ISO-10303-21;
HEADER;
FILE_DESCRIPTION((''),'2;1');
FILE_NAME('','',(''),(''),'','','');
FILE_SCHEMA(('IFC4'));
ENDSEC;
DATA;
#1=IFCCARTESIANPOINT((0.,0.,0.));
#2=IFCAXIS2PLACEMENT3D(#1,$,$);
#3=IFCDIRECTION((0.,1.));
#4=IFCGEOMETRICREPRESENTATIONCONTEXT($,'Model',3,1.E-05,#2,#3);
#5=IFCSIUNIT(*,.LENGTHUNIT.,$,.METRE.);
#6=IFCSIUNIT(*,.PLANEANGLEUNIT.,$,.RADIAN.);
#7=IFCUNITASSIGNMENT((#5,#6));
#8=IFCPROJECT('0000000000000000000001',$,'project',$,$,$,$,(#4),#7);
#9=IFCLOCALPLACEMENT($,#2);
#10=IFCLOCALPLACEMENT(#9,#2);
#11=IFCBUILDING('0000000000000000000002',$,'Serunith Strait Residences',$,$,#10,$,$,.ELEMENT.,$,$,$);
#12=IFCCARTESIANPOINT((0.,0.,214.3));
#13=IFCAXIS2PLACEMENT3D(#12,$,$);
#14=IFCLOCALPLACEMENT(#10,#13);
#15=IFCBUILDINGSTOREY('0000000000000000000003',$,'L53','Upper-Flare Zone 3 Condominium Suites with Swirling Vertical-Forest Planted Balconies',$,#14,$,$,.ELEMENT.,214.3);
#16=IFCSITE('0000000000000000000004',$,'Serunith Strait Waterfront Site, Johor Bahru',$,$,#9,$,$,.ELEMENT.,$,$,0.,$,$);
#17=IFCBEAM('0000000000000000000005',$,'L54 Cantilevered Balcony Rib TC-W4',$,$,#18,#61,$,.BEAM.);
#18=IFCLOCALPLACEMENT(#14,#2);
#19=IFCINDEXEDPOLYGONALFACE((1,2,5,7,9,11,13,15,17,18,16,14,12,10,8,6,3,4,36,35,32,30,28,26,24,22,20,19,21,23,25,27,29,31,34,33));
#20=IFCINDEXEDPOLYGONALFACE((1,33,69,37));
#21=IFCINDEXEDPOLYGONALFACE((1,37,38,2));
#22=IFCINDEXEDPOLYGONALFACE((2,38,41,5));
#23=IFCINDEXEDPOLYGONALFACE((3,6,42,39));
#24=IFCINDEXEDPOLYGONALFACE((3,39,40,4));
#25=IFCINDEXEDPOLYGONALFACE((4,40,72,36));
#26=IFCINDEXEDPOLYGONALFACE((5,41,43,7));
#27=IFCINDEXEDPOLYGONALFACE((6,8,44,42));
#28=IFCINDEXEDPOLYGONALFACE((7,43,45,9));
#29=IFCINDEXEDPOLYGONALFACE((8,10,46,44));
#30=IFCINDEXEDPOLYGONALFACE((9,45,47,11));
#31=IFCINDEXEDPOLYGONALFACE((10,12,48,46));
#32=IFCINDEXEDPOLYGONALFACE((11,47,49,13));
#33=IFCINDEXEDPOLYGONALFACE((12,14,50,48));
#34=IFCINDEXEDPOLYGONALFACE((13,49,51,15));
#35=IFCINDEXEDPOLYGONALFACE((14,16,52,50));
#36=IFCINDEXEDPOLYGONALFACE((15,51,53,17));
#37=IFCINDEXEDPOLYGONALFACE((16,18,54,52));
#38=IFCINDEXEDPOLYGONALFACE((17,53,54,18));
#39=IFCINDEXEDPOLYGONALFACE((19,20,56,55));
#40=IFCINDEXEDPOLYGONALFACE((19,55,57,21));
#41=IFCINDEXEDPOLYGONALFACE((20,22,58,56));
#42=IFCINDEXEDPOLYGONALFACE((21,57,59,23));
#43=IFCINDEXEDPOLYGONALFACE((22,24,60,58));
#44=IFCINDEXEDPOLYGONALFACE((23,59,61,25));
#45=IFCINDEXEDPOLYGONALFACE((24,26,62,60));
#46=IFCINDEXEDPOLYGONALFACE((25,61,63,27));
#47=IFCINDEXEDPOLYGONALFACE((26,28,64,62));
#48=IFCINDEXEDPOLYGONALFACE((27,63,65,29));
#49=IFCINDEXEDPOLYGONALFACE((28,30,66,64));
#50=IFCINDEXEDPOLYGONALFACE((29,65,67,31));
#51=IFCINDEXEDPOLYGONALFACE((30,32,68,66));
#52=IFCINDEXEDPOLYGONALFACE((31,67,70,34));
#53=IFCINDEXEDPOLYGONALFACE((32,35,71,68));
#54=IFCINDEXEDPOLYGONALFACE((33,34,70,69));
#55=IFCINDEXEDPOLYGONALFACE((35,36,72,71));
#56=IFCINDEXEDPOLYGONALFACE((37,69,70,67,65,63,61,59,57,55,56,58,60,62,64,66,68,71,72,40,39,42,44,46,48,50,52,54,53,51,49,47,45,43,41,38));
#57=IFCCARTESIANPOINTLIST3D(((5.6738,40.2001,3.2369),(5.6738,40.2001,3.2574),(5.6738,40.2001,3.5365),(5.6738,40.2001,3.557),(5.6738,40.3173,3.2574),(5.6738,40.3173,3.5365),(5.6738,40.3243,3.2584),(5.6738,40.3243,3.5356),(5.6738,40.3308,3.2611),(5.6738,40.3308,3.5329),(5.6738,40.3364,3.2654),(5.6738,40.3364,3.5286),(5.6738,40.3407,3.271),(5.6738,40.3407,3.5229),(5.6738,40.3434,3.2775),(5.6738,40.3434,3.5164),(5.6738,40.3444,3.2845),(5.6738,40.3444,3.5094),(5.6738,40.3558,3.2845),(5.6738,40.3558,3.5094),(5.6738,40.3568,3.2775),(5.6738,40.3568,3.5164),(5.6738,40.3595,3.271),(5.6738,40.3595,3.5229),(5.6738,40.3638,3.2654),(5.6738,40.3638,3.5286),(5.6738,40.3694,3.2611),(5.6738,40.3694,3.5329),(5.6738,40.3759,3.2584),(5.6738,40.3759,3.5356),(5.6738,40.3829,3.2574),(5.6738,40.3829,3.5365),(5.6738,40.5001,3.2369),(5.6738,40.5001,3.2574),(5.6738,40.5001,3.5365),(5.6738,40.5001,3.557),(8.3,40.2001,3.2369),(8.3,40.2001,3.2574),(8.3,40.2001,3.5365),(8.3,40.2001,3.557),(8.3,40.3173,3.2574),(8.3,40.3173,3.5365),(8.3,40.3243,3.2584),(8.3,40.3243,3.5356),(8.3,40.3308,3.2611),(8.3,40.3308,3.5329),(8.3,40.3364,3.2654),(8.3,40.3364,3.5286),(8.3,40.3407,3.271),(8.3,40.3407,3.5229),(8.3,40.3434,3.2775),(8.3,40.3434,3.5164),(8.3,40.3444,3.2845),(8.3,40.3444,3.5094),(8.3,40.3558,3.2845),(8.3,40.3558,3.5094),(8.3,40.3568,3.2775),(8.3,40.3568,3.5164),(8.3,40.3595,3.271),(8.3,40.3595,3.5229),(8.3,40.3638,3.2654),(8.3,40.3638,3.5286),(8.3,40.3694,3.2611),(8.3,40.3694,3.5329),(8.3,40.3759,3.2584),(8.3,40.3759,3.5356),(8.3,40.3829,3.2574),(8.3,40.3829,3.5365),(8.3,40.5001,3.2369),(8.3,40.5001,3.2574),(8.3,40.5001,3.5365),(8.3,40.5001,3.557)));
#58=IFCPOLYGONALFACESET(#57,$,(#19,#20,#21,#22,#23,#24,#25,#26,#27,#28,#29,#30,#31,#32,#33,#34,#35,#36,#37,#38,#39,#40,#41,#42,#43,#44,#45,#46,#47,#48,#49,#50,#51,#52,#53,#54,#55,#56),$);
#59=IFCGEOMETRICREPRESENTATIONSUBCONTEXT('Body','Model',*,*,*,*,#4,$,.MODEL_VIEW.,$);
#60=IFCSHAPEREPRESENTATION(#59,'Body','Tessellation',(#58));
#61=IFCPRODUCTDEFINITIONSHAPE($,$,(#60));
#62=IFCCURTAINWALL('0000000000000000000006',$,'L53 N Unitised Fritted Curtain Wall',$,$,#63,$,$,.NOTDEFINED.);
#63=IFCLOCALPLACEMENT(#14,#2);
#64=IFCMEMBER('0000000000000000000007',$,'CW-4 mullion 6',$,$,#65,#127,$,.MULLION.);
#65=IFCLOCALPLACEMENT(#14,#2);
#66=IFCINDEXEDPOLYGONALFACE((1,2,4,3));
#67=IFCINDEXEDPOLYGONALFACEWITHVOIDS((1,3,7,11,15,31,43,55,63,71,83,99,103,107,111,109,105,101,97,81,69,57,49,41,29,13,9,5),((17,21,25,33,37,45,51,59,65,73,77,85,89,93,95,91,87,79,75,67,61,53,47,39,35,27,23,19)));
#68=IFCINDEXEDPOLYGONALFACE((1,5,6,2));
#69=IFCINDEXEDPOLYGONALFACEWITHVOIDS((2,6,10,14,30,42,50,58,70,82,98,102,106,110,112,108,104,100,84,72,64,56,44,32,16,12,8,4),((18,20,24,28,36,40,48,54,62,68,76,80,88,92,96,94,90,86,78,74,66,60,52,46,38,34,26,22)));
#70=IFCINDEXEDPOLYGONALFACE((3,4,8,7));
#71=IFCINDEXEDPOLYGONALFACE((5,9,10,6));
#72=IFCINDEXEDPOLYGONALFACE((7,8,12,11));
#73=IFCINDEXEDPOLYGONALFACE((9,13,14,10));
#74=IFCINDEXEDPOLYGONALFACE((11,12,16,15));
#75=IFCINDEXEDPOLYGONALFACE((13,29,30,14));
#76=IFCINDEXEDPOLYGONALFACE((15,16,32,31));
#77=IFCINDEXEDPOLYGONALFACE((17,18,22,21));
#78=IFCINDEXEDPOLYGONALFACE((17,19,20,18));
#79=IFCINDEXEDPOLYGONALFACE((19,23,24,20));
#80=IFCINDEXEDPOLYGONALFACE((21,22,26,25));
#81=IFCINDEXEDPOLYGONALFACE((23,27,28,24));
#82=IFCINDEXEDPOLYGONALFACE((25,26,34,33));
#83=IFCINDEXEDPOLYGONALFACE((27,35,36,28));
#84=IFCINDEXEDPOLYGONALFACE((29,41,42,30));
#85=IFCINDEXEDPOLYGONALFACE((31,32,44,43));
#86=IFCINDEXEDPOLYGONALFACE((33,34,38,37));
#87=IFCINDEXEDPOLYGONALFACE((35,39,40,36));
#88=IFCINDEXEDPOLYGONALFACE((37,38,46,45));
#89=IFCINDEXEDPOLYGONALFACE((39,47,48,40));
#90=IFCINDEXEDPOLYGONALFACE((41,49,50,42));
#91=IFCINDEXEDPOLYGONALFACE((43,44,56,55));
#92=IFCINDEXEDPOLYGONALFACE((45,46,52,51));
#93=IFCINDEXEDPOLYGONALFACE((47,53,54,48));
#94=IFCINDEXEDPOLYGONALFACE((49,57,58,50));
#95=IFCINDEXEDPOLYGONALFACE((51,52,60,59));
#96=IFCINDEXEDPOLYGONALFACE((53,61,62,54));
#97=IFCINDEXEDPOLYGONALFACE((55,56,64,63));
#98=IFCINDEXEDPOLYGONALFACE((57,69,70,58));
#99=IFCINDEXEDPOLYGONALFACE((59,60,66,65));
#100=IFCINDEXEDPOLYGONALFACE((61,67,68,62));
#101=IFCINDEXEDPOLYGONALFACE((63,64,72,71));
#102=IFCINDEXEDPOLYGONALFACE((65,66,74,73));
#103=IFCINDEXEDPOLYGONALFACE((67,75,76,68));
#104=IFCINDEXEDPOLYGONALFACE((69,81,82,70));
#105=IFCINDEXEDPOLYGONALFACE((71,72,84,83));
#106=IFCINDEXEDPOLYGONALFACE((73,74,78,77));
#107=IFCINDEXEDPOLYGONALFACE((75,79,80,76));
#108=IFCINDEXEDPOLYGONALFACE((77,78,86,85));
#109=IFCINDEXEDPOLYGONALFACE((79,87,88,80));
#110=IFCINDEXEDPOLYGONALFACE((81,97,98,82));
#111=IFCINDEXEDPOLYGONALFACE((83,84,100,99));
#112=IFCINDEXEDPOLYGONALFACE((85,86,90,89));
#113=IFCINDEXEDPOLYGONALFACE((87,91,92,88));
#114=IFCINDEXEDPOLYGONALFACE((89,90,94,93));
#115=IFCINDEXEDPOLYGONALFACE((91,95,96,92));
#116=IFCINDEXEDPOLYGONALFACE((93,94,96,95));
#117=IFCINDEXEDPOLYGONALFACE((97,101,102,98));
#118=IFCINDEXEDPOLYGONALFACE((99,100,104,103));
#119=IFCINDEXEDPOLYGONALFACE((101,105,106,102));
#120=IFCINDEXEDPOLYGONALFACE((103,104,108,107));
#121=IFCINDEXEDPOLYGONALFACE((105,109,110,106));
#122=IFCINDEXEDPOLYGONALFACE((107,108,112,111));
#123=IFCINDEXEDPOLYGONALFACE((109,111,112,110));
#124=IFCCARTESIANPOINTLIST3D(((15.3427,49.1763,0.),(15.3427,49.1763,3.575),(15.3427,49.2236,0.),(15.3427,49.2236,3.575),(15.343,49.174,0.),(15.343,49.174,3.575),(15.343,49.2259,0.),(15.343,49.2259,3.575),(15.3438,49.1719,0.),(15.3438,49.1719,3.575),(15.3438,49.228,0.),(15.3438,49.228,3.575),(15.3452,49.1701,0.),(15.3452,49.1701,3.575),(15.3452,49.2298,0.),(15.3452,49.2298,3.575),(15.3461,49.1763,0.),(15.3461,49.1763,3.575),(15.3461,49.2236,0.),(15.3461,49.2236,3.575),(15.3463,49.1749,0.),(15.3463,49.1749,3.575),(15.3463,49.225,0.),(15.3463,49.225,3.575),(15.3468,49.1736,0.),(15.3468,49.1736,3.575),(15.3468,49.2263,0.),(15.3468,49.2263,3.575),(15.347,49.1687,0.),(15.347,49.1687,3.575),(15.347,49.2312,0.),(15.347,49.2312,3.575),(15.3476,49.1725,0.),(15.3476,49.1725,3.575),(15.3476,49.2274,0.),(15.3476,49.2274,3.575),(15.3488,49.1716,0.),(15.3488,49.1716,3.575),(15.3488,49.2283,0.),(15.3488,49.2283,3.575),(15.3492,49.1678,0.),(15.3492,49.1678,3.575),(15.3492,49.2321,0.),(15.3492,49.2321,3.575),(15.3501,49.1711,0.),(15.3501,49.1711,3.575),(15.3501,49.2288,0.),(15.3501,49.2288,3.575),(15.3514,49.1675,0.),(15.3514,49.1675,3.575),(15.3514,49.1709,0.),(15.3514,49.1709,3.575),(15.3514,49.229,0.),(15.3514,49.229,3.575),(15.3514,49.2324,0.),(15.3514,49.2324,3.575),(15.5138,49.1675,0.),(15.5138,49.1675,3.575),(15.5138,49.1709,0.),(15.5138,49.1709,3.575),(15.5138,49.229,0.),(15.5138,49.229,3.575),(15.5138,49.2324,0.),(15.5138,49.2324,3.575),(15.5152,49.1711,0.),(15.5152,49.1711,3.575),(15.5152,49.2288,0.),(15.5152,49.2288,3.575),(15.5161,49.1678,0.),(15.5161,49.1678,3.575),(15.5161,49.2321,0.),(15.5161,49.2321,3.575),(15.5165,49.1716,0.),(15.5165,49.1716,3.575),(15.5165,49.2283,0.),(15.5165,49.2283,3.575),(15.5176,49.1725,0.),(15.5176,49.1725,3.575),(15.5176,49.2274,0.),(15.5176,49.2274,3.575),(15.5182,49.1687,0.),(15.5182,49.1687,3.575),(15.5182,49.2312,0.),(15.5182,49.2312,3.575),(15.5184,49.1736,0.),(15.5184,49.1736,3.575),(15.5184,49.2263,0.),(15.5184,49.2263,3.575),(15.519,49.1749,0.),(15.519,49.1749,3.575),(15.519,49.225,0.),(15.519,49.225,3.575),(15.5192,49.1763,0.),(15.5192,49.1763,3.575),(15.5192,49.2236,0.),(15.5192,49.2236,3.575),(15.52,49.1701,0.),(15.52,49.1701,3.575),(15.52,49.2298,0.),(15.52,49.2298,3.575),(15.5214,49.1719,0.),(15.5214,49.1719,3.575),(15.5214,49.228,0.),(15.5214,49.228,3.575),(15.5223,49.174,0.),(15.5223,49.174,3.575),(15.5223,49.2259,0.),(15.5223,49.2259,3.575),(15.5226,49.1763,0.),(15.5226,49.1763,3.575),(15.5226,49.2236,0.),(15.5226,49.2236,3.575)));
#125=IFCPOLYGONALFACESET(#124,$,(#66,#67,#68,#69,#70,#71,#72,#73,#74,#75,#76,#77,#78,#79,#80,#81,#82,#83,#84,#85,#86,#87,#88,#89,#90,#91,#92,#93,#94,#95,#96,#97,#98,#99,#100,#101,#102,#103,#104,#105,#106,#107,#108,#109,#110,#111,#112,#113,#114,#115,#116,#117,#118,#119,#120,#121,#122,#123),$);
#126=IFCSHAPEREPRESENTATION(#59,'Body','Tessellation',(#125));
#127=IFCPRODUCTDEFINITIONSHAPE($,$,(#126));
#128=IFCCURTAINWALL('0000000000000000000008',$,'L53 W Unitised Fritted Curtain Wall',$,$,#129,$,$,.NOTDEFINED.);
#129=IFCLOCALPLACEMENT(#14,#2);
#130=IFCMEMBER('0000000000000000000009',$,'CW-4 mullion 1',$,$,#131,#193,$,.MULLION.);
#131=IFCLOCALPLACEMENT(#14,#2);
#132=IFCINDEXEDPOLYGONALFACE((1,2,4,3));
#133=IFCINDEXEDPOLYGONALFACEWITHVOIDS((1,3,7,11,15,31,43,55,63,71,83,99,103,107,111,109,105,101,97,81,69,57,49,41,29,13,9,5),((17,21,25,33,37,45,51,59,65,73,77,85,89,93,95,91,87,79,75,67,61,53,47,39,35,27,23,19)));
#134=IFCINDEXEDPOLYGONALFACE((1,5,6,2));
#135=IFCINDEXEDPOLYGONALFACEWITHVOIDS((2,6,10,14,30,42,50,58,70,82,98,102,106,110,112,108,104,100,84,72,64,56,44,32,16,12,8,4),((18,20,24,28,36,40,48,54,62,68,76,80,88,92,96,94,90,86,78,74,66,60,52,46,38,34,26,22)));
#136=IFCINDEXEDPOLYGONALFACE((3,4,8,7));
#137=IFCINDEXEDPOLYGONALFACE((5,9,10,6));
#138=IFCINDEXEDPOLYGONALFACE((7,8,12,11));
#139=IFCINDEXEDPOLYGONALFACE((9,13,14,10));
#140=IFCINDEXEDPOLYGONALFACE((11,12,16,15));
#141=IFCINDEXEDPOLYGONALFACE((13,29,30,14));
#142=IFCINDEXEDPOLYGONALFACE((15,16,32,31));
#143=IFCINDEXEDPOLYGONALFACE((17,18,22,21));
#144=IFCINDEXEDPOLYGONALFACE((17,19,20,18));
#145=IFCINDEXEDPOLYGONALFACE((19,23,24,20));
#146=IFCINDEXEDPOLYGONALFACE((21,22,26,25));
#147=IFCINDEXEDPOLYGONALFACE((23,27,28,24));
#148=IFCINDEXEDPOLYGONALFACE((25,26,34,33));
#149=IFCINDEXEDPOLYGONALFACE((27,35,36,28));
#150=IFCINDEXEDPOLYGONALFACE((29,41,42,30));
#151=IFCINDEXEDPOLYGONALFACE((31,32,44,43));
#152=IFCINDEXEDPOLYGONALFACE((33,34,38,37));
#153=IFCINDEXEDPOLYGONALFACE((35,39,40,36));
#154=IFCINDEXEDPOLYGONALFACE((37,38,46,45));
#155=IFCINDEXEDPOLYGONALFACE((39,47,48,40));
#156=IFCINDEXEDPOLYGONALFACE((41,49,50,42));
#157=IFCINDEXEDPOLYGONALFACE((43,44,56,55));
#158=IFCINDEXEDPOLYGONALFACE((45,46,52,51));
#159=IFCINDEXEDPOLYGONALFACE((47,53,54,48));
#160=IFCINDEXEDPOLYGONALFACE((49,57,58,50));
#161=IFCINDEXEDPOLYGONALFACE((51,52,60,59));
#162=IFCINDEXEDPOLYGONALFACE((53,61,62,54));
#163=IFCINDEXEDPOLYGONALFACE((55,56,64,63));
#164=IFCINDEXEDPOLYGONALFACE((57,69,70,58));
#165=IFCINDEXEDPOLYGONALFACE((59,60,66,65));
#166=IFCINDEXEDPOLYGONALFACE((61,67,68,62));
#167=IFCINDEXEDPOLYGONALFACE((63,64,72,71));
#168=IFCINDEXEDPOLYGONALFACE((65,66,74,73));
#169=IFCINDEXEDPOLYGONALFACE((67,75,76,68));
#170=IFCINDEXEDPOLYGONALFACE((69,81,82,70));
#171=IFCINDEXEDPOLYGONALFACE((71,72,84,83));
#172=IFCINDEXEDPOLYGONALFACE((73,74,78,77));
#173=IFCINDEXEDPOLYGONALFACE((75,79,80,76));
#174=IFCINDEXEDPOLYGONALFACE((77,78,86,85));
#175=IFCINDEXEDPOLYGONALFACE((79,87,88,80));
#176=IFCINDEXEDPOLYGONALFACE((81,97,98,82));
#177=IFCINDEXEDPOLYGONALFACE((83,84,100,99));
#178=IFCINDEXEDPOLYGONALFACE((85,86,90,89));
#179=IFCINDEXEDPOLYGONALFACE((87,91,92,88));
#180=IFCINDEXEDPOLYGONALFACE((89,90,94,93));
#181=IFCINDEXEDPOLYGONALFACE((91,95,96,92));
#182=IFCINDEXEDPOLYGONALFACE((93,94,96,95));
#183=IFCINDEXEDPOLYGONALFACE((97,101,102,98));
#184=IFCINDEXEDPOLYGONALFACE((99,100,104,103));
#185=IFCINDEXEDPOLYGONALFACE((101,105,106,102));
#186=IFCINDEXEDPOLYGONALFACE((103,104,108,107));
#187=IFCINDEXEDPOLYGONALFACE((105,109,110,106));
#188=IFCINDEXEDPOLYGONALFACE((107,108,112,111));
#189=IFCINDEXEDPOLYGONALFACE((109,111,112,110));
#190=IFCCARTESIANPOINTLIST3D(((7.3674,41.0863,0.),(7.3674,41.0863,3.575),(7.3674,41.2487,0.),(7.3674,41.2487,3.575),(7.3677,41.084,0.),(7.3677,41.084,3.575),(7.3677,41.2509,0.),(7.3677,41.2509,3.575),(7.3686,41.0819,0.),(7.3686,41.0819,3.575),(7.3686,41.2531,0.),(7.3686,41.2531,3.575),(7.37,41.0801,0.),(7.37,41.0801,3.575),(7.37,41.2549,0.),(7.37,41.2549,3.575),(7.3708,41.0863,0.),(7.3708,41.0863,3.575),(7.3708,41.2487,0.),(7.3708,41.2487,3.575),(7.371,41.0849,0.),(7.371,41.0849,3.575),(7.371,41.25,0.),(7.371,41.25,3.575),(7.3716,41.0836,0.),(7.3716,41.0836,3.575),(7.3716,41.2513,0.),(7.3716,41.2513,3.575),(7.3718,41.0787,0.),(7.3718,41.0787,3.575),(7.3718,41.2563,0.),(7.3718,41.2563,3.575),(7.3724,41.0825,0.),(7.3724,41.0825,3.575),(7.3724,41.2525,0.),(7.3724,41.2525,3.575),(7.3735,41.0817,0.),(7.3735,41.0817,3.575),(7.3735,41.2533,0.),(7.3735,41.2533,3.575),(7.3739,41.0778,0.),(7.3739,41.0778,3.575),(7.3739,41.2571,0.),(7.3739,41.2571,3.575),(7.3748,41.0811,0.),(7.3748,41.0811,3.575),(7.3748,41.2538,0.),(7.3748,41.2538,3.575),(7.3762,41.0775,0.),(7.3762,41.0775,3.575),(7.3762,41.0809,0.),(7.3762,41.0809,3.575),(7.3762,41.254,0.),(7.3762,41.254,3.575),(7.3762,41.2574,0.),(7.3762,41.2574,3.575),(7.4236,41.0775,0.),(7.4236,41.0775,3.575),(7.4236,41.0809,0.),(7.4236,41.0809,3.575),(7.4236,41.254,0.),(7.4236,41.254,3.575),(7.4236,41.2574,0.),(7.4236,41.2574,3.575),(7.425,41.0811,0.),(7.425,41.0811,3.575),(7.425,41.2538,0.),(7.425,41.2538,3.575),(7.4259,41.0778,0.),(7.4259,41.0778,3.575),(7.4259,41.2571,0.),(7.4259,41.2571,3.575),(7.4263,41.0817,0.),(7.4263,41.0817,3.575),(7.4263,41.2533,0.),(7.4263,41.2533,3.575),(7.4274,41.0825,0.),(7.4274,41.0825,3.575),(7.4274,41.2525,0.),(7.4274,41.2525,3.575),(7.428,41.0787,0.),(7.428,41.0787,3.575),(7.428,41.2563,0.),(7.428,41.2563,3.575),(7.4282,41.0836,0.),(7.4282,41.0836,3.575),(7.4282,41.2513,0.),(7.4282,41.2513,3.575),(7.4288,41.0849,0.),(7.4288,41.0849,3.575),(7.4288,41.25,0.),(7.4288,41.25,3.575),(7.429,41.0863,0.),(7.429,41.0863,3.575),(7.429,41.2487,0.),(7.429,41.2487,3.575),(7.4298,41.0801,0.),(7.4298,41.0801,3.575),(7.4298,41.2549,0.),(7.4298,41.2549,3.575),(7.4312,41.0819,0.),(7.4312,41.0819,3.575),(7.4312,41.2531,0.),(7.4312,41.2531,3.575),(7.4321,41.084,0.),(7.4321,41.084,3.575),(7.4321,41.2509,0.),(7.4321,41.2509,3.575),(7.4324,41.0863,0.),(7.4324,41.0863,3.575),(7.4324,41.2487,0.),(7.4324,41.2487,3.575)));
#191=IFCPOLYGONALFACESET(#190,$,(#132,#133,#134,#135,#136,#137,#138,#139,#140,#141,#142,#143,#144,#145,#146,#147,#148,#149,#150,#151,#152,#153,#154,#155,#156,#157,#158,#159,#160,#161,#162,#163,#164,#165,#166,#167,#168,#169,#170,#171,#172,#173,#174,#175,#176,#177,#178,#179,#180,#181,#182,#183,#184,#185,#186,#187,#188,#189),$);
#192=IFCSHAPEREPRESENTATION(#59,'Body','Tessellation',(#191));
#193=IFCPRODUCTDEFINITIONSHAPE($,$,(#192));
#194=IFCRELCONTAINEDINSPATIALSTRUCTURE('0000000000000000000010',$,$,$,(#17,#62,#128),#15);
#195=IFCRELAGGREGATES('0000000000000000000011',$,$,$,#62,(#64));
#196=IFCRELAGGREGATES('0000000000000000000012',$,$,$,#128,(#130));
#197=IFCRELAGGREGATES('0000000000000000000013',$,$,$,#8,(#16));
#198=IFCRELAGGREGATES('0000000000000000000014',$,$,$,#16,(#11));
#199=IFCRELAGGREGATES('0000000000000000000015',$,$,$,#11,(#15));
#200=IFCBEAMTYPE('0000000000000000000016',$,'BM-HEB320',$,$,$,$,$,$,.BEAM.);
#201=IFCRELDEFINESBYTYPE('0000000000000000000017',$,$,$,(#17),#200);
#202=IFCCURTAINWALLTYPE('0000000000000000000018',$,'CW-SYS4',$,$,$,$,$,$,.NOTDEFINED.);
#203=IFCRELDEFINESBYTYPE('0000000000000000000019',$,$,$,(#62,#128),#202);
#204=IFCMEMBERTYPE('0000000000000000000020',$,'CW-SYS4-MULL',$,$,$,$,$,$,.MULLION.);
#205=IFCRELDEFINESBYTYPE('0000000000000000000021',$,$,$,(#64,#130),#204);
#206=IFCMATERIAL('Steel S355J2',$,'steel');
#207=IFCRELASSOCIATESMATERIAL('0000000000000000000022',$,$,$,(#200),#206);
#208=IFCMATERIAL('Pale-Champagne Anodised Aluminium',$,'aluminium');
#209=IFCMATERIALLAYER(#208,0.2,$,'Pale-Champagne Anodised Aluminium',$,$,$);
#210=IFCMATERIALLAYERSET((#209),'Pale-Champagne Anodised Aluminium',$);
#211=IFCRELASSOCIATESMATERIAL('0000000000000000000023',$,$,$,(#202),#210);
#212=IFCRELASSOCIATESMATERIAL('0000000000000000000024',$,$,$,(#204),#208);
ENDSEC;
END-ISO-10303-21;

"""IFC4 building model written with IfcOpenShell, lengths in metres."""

from ifc_helpers import new_model, si_unit, direction, frame, origin, origin_2d, place, context, subcontext, project, spatial, hollow_rectangle, i_section, extrude, source, transform, mapped, material, layer, layer_set, material_profile, profile_set, type_object, element, aggregate, save


model = new_model("IFC4")

# Units and contexts
model_context = context("Model", 3, precision=1e-05, world=origin(), true_north=direction((0.0, 1.0)))
body_context = subcontext(model_context, "Body", "Model", "MODEL_VIEW")
ifc_project = project(units=[si_unit("LENGTHUNIT", "METRE"), si_unit("PLANEANGLEUNIT", "RADIAN")], contexts=[model_context])

# Site, building, storey
site_placement = place(None, origin())
site = spatial("IfcSite", under=ifc_project, at=site_placement, Name="Serunith Strait Waterfront Site, Johor Bahru", CompositionType="ELEMENT", RefElevation=0.0)
building_placement = place(site_placement, origin())
building = spatial("IfcBuilding", under=site, at=building_placement, Name="Serunith Strait Residences", CompositionType="ELEMENT")
storey_placement = place(building_placement, frame((0.0, 0.0, 214.3)))
storey = spatial("IfcBuildingStorey", under=building, at=storey_placement, Name="L53", Description="Upper-Flare Zone 3 Condominium Suites with Swirling Vertical-Forest Planted Balconies", CompositionType="ELEMENT", Elevation=214.3)

# Beam
ifc_material_1 = material(Name="Steel S355J2", Category="steel")
ifc_material_profile_1 = material_profile(ifc_material_1, i_section(OverallWidth=0.3, OverallDepth=0.3201, WebThickness=0.0115, FlangeThickness=0.0205, FilletRadius=0.0271, at=origin_2d()), Name="HEB 320")
ifc_profile_set_1 = profile_set([ifc_material_profile_1], Name="Steel S355J2")
beam_type_1 = type_object("IfcBeamType", Name="BM-HEB320", PredefinedType="BEAM", material=ifc_profile_set_1)
shared_shape_1 = source(origin(), body_context, "Body", "SweptSolid", [
    extrude(i_section(OverallWidth=0.3, OverallDepth=0.3201, WebThickness=0.0115, FlangeThickness=0.0205, FilletRadius=0.0271, at=origin_2d()), origin(), (0.0, 0.0, 1.0), 2.6262),
])
beam_1_placement = place(storey_placement, frame((8.3, 40.3501, 3.397), z_axis=(-1.0, 0.0, 0.0), x_axis=(0.0, -1.0, 0.0)))
element("IfcBeam", 1, at=beam_1_placement, inside=storey, type_object=beam_type_1, Name="L54 Cantilevered Balcony Rib TC-W4", PredefinedType="BEAM", context=body_context, shape_type="MappedRepresentation", body=[
    mapped(shared_shape_1, transform((0.0, 0.0, 0.0), scale=1.0)),
])

# Curtain wall, member
ifc_material_2 = material(Name="Pale-Champagne Anodised Aluminium", Category="aluminium")
ifc_layer_1 = layer(ifc_material_2, 0.2, Name="Pale-Champagne Anodised Aluminium")
ifc_layer_set_1 = layer_set([ifc_layer_1], Name="Pale-Champagne Anodised Aluminium")
curtain_wall_type = type_object("IfcCurtainWallType", Name="CW-SYS4", PredefinedType="NOTDEFINED", material=ifc_layer_set_1)
curtain_wall_1_placement = place(storey_placement, origin())
curtain_wall_1 = element("IfcCurtainWall", 2, at=curtain_wall_1_placement, inside=storey, type_object=curtain_wall_type, Name="L53 N Unitised Fritted Curtain Wall", PredefinedType="NOTDEFINED")
ifc_material_profile_2 = material_profile(ifc_material_2, hollow_rectangle(XDim=0.0649, YDim=0.1799, WallThickness=0.0034, InnerFilletRadius=0.0054, OuterFilletRadius=0.0088, at=origin_2d()), Name="ALU 180x65x3.5")
ifc_profile_set_2 = profile_set([ifc_material_profile_2], Name="Pale-Champagne Anodised Aluminium")
member_type_1 = type_object("IfcMemberType", Name="CW-SYS4-MULL", PredefinedType="MULLION", material=ifc_profile_set_2)
shared_shape_2 = source(origin(), body_context, "Body", "SweptSolid", [
    extrude(hollow_rectangle(XDim=0.0649, YDim=0.1799, WallThickness=0.0034, InnerFilletRadius=0.0054, OuterFilletRadius=0.0088, at=origin_2d()), origin(), (0.0, 0.0, 1.0), 3.575),
])
member_1_placement = place(storey_placement, frame((15.4326, 49.2, 0.0), z_axis=(0.0, 0.0, 1.0), x_axis=(0.0, -1.0, 0.0)))
member_1 = element("IfcMember", 3, at=member_1_placement, type_object=member_type_1, Name="CW-4 mullion 6", PredefinedType="MULLION", context=body_context, shape_type="MappedRepresentation", body=[
    mapped(shared_shape_2, transform((0.0, 0.0, 0.0), scale=1.0)),
])
aggregate(curtain_wall_1, [member_1])

# Curtain wall, member
curtain_wall_2_placement = place(storey_placement, origin())
curtain_wall_2 = element("IfcCurtainWall", 4, at=curtain_wall_2_placement, inside=storey, type_object=curtain_wall_type, Name="L53 W Unitised Fritted Curtain Wall", PredefinedType="NOTDEFINED")
member_2_placement = place(storey_placement, frame((7.3999, 41.1675, 0.0), z_axis=(0.0, 0.0, 1.0), x_axis=(1.0, 0.0, 0.0)))
member_2 = element("IfcMember", 5, at=member_2_placement, type_object=member_type_1, Name="CW-4 mullion 1", PredefinedType="MULLION", context=body_context, shape_type="MappedRepresentation", body=[
    mapped(shared_shape_2, transform((0.0, 0.0, 0.0), scale=1.0)),
])
aggregate(curtain_wall_2, [member_2])

save(model, "model.ifc")
